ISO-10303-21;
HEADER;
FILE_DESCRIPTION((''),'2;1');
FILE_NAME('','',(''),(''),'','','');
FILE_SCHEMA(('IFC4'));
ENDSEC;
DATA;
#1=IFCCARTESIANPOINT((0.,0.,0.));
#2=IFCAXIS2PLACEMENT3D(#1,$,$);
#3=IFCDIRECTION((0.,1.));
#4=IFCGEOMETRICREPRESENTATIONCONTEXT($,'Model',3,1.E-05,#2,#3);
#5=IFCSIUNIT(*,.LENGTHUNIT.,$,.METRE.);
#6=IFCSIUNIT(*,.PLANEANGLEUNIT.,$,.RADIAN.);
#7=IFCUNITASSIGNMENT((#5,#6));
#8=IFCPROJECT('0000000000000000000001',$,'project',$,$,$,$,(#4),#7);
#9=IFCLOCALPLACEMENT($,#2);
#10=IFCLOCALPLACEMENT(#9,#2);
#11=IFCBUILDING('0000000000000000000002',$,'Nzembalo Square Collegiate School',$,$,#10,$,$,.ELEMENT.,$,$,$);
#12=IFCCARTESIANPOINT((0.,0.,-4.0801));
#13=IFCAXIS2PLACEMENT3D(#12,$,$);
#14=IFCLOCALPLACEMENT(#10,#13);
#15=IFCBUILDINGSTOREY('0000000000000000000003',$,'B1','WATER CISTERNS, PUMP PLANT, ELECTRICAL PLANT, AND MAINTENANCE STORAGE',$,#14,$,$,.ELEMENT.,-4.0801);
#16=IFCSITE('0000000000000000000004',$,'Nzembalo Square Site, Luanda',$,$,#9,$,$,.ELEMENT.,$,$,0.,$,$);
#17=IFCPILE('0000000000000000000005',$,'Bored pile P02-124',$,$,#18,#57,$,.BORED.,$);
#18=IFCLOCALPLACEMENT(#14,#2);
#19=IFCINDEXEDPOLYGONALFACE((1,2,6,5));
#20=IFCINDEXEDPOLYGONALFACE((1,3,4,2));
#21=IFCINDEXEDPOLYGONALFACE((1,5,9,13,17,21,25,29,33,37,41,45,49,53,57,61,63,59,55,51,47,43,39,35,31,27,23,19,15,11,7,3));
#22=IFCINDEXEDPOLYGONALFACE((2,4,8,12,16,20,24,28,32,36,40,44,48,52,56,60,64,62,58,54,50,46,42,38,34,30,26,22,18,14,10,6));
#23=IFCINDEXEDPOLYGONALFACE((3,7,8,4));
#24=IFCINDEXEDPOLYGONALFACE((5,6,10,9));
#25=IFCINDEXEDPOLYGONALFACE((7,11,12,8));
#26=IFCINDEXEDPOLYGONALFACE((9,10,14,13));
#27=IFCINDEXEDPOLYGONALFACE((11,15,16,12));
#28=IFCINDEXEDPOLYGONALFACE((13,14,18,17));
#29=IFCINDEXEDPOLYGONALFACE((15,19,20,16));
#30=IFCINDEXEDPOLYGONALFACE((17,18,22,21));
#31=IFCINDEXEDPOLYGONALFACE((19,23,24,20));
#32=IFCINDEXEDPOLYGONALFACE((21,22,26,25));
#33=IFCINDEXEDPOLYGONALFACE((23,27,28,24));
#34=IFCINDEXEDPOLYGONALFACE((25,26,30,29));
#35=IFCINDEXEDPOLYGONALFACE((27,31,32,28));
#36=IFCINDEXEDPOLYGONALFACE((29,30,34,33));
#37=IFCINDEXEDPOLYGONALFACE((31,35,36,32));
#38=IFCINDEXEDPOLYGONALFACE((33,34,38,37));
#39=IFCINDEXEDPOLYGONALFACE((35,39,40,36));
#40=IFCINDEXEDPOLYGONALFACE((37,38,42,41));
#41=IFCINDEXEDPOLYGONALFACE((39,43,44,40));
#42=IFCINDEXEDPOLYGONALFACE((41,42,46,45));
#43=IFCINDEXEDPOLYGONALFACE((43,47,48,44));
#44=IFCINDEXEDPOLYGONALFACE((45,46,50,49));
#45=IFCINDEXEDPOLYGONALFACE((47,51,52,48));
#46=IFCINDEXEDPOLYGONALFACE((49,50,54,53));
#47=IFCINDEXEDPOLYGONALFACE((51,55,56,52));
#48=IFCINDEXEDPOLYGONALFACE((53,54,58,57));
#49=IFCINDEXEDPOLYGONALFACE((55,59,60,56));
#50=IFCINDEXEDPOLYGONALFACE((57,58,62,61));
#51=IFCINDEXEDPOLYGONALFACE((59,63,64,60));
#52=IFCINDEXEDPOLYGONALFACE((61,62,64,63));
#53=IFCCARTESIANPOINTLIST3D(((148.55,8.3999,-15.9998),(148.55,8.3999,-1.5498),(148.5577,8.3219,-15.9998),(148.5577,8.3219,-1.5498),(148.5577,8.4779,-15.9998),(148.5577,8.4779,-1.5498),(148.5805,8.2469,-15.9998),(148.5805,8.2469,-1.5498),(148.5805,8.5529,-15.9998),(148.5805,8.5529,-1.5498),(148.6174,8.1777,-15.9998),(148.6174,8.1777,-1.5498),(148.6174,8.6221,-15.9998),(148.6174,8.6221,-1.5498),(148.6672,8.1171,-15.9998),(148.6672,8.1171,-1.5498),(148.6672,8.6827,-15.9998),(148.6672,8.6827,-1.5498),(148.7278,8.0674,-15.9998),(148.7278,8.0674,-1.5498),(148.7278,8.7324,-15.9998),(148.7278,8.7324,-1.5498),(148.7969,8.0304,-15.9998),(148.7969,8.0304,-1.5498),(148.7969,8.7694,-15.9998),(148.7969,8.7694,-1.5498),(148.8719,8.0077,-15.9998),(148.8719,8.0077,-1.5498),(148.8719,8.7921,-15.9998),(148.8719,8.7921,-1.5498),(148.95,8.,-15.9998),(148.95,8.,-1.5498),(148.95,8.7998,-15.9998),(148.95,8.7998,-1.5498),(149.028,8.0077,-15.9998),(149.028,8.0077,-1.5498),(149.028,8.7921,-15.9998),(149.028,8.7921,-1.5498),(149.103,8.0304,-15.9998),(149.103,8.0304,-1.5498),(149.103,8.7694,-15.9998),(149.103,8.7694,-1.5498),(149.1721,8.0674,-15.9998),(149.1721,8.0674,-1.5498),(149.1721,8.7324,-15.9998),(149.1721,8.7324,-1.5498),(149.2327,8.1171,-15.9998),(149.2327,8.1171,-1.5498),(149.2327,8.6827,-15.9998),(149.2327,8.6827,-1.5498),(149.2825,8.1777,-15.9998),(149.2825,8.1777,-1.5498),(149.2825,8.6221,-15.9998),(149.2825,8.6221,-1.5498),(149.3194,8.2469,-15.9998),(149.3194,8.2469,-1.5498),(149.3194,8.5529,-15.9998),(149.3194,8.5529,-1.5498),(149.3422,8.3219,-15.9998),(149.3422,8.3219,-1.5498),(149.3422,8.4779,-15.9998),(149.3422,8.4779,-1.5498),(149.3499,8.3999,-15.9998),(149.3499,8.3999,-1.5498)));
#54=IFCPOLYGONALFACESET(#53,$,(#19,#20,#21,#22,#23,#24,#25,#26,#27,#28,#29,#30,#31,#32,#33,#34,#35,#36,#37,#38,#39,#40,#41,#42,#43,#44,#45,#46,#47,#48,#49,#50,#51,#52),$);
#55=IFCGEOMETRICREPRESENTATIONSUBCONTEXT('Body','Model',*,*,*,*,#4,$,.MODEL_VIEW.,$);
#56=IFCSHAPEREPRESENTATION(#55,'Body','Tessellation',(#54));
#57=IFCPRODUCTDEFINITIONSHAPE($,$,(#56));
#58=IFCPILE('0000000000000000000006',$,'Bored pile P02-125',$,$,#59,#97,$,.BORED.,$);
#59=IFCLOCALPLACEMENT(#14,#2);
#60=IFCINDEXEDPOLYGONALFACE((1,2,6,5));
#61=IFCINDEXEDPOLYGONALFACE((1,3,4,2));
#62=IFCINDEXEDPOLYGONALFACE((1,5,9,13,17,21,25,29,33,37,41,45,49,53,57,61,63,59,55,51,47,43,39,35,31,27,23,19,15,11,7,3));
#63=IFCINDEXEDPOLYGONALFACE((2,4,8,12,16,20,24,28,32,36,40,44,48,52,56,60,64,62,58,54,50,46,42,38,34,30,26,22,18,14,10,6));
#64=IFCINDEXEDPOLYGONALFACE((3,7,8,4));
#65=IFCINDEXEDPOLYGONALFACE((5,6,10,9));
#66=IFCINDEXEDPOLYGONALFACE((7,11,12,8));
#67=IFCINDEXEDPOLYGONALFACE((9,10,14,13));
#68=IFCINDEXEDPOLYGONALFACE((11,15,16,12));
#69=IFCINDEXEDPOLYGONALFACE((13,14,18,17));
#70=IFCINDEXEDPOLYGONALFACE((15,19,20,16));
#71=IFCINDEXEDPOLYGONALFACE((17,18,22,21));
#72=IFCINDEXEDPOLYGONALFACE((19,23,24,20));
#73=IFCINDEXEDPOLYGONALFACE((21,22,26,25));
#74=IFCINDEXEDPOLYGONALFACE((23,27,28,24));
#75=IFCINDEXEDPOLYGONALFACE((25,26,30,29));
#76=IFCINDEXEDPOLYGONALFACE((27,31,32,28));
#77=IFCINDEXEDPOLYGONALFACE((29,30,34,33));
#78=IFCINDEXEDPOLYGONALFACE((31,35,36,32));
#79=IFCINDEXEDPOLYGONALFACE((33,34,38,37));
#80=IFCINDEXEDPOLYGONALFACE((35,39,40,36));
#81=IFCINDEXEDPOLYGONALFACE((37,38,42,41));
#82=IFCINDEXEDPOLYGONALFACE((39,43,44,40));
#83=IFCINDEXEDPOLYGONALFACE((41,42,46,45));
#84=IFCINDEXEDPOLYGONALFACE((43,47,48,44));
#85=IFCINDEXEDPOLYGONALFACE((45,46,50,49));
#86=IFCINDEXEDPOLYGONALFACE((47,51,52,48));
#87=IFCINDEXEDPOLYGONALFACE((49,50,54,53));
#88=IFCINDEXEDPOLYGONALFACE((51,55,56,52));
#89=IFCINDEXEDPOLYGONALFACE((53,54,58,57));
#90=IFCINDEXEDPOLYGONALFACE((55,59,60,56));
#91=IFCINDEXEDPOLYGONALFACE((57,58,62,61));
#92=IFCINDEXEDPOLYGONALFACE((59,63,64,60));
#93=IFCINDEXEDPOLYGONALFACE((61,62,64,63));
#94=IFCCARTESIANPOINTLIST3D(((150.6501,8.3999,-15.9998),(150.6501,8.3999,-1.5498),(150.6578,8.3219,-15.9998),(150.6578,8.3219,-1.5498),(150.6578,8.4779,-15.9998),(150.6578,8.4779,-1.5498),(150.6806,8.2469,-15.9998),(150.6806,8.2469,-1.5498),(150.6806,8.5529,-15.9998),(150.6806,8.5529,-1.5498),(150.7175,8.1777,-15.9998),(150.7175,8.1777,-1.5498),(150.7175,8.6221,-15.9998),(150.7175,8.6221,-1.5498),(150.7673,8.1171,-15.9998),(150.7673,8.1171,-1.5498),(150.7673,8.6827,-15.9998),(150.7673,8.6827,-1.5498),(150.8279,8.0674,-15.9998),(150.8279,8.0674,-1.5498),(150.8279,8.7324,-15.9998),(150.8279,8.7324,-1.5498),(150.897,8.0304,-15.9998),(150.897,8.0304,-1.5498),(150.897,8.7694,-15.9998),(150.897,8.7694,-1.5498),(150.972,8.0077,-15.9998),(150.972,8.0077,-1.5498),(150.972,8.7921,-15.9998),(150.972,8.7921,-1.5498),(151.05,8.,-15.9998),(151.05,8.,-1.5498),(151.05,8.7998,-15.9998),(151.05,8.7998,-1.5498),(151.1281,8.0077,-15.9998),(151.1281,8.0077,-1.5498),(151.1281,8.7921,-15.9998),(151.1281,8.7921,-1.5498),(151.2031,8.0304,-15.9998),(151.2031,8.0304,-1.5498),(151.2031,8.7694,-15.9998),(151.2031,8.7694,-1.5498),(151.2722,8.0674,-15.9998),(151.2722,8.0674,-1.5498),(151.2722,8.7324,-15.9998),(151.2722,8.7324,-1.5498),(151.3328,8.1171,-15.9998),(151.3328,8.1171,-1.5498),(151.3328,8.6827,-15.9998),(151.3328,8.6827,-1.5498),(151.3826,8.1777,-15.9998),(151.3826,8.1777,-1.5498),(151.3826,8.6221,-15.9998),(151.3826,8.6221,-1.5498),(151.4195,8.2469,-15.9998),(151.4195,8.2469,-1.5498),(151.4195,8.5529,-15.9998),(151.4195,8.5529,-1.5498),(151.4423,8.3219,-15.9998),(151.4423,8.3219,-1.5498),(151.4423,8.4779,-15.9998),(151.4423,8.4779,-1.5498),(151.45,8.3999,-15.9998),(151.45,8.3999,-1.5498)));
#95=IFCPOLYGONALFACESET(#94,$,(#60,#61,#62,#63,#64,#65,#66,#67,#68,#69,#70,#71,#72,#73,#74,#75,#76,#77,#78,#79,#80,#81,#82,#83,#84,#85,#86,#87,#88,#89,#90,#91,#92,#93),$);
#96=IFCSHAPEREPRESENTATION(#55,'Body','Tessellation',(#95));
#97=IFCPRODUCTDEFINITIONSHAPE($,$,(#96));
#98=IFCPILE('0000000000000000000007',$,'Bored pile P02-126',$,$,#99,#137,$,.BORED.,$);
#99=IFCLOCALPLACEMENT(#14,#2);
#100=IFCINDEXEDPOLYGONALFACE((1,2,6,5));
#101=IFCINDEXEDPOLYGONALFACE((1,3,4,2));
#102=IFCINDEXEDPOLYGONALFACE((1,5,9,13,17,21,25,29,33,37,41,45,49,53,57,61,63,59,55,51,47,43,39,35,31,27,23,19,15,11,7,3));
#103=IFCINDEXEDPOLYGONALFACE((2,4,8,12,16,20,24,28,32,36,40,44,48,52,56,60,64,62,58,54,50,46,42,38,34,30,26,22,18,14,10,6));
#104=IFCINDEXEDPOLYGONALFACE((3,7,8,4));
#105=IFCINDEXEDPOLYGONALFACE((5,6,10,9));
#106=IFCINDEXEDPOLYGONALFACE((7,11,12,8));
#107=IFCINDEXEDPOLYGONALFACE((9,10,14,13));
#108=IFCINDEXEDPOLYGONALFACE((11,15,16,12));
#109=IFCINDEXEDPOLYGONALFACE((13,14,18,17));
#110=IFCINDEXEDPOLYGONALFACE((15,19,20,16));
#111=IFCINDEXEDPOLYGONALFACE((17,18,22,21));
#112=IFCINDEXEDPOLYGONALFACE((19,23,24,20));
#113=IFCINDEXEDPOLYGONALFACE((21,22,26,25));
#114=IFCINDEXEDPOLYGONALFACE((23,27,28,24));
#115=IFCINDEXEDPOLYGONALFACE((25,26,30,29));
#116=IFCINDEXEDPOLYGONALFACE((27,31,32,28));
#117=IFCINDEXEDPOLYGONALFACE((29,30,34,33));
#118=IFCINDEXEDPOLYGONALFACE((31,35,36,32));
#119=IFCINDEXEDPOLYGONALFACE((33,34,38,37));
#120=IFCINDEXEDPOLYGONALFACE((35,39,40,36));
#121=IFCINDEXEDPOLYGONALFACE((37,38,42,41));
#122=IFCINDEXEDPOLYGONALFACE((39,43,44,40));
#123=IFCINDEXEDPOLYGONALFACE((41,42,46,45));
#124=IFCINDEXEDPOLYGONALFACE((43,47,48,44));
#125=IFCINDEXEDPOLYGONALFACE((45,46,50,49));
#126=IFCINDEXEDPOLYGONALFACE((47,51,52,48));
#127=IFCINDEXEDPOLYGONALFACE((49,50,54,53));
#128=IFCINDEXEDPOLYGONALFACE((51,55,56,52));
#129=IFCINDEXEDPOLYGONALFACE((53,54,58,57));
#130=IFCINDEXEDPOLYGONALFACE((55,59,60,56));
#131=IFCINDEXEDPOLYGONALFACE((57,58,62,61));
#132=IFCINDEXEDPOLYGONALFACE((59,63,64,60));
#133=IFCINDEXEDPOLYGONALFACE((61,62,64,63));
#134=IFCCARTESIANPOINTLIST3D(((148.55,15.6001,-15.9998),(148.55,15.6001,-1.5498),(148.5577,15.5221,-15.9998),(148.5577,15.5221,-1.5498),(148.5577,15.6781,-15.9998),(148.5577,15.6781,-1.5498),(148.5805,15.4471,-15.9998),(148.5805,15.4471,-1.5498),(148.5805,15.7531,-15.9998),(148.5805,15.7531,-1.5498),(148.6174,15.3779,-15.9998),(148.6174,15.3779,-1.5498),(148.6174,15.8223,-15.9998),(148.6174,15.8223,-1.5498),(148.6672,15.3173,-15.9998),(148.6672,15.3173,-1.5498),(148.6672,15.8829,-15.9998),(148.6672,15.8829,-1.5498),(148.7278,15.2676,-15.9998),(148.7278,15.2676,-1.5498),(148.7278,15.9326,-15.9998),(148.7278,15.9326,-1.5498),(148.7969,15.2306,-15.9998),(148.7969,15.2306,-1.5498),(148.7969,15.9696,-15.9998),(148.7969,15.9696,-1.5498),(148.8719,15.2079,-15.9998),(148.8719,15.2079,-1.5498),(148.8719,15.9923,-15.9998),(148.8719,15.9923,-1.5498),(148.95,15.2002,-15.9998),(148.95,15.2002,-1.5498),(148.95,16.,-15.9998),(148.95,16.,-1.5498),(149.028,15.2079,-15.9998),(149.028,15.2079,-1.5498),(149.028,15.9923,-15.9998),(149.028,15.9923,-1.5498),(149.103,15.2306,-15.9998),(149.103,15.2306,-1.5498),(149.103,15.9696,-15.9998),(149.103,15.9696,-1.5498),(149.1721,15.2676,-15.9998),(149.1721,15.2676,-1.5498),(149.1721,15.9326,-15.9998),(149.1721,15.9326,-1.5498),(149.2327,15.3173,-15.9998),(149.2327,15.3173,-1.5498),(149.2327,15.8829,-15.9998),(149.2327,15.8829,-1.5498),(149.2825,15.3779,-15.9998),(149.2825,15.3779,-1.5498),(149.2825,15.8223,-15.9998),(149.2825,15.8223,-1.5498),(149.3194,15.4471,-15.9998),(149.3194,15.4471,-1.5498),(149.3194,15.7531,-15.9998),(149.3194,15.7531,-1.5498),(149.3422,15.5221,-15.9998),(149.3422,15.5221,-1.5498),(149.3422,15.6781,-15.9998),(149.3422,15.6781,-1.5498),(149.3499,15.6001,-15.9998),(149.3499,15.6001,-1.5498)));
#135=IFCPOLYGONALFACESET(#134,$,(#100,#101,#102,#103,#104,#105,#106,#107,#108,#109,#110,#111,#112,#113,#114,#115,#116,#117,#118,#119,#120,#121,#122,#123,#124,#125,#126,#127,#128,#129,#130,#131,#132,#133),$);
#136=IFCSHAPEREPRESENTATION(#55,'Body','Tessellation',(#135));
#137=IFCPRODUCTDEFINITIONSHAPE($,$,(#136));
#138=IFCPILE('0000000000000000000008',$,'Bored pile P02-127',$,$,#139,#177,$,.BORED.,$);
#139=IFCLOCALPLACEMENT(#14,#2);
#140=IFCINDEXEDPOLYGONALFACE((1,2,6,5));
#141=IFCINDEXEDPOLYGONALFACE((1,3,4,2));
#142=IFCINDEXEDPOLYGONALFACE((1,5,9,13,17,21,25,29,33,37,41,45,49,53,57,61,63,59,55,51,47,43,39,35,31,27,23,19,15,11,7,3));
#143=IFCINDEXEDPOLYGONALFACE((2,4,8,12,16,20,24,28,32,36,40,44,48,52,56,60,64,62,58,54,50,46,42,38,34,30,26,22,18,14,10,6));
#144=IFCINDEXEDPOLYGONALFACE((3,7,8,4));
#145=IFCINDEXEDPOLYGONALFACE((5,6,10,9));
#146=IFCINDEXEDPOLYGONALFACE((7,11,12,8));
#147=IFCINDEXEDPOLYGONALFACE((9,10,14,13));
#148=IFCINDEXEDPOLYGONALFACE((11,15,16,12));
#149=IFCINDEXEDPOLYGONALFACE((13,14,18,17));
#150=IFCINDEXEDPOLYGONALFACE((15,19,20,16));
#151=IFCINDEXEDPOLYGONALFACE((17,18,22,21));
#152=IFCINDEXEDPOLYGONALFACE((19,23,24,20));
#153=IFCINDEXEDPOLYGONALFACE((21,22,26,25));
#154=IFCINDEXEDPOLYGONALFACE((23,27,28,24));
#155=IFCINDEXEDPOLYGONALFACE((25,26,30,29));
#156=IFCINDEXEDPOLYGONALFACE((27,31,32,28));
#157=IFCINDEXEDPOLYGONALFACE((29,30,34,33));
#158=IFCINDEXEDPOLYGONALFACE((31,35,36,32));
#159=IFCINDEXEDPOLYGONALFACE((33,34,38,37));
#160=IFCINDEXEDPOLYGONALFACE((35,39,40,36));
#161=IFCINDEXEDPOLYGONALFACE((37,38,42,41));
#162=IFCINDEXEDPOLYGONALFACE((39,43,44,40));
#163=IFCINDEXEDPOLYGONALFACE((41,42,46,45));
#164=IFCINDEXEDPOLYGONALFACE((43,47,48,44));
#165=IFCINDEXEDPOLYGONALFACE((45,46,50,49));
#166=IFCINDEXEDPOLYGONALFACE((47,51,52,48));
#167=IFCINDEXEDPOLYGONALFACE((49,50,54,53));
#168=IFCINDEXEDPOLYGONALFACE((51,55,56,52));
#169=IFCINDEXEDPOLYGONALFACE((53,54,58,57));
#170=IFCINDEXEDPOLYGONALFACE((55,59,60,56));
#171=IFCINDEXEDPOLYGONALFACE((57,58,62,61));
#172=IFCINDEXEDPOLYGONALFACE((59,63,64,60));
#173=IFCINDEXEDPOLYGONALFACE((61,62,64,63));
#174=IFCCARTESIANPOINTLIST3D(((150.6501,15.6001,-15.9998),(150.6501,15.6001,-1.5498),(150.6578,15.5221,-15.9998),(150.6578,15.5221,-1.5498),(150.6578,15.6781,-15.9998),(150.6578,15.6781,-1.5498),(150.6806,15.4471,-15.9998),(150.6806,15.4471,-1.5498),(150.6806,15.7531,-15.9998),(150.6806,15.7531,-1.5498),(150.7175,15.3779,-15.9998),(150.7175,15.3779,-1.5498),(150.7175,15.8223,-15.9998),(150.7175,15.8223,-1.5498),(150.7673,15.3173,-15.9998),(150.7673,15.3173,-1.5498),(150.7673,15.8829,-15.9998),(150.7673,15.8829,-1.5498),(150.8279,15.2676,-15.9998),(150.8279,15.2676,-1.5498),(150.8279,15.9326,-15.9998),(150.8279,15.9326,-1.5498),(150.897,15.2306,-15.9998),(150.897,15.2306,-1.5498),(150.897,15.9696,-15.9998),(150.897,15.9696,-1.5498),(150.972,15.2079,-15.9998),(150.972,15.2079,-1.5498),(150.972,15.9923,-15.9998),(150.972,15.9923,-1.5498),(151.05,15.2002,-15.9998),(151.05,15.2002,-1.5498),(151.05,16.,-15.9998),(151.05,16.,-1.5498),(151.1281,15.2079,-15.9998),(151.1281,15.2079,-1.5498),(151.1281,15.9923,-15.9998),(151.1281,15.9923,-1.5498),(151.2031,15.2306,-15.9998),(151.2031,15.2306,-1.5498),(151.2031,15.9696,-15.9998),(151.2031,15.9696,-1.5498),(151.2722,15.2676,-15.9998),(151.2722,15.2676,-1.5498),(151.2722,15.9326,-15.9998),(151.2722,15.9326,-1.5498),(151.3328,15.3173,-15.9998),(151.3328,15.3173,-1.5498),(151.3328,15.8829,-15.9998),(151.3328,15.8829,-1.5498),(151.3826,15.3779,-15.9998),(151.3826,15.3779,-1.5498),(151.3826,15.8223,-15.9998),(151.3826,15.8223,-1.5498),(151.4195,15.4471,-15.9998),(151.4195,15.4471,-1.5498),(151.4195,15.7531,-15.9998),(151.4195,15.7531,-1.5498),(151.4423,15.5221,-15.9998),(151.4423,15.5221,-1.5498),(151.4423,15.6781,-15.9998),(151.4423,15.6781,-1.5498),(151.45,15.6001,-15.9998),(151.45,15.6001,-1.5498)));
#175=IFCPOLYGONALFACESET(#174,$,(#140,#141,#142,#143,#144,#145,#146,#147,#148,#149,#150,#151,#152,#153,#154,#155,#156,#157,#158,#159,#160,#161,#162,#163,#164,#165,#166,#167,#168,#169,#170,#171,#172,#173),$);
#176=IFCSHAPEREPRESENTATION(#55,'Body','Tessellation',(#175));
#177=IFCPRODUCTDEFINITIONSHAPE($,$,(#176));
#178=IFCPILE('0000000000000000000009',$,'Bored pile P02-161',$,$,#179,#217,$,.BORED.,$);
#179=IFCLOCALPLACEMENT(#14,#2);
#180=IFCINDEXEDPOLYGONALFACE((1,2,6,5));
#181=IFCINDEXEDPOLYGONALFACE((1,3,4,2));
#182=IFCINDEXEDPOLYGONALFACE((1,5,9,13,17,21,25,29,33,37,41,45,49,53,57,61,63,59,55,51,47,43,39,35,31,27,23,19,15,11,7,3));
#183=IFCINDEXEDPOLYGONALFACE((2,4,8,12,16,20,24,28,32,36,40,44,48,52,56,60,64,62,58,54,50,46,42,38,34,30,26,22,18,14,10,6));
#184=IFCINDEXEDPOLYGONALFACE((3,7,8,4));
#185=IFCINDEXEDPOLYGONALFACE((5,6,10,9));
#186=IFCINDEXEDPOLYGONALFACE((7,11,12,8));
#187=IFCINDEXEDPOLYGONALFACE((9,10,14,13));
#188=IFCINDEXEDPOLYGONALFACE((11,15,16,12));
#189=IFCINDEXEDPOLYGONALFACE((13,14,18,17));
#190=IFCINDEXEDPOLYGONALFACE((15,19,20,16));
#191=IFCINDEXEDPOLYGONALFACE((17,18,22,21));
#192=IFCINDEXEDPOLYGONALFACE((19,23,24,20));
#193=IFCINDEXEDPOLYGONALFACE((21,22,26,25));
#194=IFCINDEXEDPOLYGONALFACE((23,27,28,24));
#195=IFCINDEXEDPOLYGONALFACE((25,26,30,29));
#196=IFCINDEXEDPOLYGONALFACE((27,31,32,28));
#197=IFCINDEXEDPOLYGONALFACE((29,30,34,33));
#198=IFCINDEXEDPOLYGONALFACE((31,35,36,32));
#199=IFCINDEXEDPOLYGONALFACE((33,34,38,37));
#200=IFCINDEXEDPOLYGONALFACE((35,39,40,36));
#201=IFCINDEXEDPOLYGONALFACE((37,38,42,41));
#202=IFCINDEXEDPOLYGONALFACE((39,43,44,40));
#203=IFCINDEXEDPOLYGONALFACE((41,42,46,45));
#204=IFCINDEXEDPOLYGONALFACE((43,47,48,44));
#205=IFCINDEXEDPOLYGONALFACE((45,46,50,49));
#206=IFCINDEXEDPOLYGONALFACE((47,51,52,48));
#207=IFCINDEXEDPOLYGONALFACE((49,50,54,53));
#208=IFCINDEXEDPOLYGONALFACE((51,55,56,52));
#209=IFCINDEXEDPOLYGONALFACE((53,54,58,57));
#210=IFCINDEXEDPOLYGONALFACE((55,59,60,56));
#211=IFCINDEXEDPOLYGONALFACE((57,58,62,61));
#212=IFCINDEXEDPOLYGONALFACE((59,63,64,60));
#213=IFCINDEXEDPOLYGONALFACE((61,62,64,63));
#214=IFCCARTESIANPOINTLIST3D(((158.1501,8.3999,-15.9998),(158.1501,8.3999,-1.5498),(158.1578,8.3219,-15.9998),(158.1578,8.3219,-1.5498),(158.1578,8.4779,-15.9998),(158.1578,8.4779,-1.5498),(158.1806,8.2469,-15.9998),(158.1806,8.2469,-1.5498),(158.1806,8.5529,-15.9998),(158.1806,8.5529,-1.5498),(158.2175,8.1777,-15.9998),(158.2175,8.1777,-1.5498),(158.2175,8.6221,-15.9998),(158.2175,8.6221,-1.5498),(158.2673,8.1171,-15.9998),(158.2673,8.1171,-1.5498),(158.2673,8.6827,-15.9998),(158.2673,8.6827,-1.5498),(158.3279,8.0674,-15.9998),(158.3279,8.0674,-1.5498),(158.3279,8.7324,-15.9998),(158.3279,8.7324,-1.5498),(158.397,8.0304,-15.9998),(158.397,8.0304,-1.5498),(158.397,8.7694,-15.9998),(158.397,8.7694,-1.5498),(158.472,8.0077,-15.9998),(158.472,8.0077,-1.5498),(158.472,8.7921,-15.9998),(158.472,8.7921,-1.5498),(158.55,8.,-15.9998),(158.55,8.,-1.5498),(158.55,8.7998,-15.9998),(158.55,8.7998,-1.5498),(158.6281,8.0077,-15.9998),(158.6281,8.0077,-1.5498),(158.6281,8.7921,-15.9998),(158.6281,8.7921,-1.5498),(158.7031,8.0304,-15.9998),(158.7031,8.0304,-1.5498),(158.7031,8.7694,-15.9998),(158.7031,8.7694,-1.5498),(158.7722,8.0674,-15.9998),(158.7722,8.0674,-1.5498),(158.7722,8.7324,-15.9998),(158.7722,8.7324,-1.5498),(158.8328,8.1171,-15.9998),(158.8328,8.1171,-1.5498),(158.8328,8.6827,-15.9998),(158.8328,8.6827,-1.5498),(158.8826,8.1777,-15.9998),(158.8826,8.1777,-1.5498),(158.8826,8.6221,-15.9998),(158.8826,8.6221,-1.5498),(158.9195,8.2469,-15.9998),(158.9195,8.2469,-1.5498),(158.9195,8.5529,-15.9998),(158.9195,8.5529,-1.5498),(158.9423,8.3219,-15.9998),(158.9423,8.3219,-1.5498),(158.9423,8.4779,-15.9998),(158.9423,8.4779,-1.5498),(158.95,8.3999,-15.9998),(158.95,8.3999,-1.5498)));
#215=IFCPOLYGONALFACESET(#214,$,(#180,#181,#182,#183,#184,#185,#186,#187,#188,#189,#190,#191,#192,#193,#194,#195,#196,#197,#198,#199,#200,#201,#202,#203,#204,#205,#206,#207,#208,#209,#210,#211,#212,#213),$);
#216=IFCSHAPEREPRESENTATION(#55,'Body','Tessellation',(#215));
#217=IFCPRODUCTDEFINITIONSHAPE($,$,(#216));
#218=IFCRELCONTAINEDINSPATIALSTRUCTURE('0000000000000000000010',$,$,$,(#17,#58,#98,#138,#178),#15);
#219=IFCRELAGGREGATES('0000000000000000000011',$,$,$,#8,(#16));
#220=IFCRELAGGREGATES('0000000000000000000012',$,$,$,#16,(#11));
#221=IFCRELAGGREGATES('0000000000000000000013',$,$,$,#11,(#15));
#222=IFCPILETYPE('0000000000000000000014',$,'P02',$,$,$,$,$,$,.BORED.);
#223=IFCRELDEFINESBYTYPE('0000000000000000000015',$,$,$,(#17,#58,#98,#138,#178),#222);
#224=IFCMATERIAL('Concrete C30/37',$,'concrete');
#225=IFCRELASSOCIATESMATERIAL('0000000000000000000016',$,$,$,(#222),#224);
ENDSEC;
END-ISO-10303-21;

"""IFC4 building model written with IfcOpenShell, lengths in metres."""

from ifc_helpers import new_model, si_unit, direction, frame, origin, origin_2d, place, context, subcontext, project, spatial, circle, extrude, material, material_profile, profile_set, type_object, element, save


model = new_model("IFC4")

# Units and contexts
model_context = context("Model", 3, precision=1e-05, world=origin(), true_north=direction((0.0, 1.0)))
body_context = subcontext(model_context, "Body", "Model", "MODEL_VIEW")
ifc_project = project(units=[si_unit("LENGTHUNIT", "METRE"), si_unit("PLANEANGLEUNIT", "RADIAN")], contexts=[model_context])

# Site, building, storey
site_placement = place(None, origin())
site = spatial("IfcSite", under=ifc_project, at=site_placement, Name="Nzembalo Square Site, Luanda", CompositionType="ELEMENT", RefElevation=0.0)
building_placement = place(site_placement, origin())
building = spatial("IfcBuilding", under=site, at=building_placement, Name="Nzembalo Square Collegiate School", CompositionType="ELEMENT")
storey_placement = place(building_placement, frame((0.0, 0.0, -4.0801)))
storey = spatial("IfcBuildingStorey", under=building, at=storey_placement, Name="B1", Description="WATER CISTERNS, PUMP PLANT, ELECTRICAL PLANT, AND MAINTENANCE STORAGE", CompositionType="ELEMENT", Elevation=-4.0801)

# Piles
ifc_material_1 = material(Name="Concrete C30/37", Category="concrete")
ifc_material_profile_1 = material_profile(ifc_material_1, circle(Radius=0.3999, at=origin_2d()), Name="PILE D800")
ifc_profile_set_1 = profile_set([ifc_material_profile_1], Name="Concrete C30/37")
pile_type = type_object("IfcPileType", Name="P02", PredefinedType="BORED", material=ifc_profile_set_1)
for number, where, z_axis, x_axis, name in (
    (1, (148.95, 8.3999, -1.5498), (0.0, 0.0, -1.0), (1.0, 0.0, 0.0), "Bored pile P02-124"),
    (2, (151.05, 8.3999, -1.5498), (0.0, 0.0, -1.0), (1.0, 0.0, 0.0), "Bored pile P02-125"),
    (3, (148.95, 15.6001, -1.5498), (0.0, 0.0, -1.0), (1.0, 0.0, 0.0), "Bored pile P02-126"),
    (4, (151.05, 15.6001, -1.5498), (0.0, 0.0, -1.0), (1.0, 0.0, 0.0), "Bored pile P02-127"),
    (5, (158.55, 8.3999, -1.5498), (0.0, 0.0, -1.0), (1.0, 0.0, 0.0), "Bored pile P02-161"),
):
    element("IfcPile", number, at=place(storey_placement, frame(where, z_axis=z_axis, x_axis=x_axis)), inside=storey, type_object=pile_type, Name=name, PredefinedType="BORED", context=body_context, shape_type="SweptSolid", body=[
        extrude(circle(Radius=0.3999, at=origin_2d()), origin(), (0.0, 0.0, 1.0), 14.45),
    ])

save(model, "model.ifc")
